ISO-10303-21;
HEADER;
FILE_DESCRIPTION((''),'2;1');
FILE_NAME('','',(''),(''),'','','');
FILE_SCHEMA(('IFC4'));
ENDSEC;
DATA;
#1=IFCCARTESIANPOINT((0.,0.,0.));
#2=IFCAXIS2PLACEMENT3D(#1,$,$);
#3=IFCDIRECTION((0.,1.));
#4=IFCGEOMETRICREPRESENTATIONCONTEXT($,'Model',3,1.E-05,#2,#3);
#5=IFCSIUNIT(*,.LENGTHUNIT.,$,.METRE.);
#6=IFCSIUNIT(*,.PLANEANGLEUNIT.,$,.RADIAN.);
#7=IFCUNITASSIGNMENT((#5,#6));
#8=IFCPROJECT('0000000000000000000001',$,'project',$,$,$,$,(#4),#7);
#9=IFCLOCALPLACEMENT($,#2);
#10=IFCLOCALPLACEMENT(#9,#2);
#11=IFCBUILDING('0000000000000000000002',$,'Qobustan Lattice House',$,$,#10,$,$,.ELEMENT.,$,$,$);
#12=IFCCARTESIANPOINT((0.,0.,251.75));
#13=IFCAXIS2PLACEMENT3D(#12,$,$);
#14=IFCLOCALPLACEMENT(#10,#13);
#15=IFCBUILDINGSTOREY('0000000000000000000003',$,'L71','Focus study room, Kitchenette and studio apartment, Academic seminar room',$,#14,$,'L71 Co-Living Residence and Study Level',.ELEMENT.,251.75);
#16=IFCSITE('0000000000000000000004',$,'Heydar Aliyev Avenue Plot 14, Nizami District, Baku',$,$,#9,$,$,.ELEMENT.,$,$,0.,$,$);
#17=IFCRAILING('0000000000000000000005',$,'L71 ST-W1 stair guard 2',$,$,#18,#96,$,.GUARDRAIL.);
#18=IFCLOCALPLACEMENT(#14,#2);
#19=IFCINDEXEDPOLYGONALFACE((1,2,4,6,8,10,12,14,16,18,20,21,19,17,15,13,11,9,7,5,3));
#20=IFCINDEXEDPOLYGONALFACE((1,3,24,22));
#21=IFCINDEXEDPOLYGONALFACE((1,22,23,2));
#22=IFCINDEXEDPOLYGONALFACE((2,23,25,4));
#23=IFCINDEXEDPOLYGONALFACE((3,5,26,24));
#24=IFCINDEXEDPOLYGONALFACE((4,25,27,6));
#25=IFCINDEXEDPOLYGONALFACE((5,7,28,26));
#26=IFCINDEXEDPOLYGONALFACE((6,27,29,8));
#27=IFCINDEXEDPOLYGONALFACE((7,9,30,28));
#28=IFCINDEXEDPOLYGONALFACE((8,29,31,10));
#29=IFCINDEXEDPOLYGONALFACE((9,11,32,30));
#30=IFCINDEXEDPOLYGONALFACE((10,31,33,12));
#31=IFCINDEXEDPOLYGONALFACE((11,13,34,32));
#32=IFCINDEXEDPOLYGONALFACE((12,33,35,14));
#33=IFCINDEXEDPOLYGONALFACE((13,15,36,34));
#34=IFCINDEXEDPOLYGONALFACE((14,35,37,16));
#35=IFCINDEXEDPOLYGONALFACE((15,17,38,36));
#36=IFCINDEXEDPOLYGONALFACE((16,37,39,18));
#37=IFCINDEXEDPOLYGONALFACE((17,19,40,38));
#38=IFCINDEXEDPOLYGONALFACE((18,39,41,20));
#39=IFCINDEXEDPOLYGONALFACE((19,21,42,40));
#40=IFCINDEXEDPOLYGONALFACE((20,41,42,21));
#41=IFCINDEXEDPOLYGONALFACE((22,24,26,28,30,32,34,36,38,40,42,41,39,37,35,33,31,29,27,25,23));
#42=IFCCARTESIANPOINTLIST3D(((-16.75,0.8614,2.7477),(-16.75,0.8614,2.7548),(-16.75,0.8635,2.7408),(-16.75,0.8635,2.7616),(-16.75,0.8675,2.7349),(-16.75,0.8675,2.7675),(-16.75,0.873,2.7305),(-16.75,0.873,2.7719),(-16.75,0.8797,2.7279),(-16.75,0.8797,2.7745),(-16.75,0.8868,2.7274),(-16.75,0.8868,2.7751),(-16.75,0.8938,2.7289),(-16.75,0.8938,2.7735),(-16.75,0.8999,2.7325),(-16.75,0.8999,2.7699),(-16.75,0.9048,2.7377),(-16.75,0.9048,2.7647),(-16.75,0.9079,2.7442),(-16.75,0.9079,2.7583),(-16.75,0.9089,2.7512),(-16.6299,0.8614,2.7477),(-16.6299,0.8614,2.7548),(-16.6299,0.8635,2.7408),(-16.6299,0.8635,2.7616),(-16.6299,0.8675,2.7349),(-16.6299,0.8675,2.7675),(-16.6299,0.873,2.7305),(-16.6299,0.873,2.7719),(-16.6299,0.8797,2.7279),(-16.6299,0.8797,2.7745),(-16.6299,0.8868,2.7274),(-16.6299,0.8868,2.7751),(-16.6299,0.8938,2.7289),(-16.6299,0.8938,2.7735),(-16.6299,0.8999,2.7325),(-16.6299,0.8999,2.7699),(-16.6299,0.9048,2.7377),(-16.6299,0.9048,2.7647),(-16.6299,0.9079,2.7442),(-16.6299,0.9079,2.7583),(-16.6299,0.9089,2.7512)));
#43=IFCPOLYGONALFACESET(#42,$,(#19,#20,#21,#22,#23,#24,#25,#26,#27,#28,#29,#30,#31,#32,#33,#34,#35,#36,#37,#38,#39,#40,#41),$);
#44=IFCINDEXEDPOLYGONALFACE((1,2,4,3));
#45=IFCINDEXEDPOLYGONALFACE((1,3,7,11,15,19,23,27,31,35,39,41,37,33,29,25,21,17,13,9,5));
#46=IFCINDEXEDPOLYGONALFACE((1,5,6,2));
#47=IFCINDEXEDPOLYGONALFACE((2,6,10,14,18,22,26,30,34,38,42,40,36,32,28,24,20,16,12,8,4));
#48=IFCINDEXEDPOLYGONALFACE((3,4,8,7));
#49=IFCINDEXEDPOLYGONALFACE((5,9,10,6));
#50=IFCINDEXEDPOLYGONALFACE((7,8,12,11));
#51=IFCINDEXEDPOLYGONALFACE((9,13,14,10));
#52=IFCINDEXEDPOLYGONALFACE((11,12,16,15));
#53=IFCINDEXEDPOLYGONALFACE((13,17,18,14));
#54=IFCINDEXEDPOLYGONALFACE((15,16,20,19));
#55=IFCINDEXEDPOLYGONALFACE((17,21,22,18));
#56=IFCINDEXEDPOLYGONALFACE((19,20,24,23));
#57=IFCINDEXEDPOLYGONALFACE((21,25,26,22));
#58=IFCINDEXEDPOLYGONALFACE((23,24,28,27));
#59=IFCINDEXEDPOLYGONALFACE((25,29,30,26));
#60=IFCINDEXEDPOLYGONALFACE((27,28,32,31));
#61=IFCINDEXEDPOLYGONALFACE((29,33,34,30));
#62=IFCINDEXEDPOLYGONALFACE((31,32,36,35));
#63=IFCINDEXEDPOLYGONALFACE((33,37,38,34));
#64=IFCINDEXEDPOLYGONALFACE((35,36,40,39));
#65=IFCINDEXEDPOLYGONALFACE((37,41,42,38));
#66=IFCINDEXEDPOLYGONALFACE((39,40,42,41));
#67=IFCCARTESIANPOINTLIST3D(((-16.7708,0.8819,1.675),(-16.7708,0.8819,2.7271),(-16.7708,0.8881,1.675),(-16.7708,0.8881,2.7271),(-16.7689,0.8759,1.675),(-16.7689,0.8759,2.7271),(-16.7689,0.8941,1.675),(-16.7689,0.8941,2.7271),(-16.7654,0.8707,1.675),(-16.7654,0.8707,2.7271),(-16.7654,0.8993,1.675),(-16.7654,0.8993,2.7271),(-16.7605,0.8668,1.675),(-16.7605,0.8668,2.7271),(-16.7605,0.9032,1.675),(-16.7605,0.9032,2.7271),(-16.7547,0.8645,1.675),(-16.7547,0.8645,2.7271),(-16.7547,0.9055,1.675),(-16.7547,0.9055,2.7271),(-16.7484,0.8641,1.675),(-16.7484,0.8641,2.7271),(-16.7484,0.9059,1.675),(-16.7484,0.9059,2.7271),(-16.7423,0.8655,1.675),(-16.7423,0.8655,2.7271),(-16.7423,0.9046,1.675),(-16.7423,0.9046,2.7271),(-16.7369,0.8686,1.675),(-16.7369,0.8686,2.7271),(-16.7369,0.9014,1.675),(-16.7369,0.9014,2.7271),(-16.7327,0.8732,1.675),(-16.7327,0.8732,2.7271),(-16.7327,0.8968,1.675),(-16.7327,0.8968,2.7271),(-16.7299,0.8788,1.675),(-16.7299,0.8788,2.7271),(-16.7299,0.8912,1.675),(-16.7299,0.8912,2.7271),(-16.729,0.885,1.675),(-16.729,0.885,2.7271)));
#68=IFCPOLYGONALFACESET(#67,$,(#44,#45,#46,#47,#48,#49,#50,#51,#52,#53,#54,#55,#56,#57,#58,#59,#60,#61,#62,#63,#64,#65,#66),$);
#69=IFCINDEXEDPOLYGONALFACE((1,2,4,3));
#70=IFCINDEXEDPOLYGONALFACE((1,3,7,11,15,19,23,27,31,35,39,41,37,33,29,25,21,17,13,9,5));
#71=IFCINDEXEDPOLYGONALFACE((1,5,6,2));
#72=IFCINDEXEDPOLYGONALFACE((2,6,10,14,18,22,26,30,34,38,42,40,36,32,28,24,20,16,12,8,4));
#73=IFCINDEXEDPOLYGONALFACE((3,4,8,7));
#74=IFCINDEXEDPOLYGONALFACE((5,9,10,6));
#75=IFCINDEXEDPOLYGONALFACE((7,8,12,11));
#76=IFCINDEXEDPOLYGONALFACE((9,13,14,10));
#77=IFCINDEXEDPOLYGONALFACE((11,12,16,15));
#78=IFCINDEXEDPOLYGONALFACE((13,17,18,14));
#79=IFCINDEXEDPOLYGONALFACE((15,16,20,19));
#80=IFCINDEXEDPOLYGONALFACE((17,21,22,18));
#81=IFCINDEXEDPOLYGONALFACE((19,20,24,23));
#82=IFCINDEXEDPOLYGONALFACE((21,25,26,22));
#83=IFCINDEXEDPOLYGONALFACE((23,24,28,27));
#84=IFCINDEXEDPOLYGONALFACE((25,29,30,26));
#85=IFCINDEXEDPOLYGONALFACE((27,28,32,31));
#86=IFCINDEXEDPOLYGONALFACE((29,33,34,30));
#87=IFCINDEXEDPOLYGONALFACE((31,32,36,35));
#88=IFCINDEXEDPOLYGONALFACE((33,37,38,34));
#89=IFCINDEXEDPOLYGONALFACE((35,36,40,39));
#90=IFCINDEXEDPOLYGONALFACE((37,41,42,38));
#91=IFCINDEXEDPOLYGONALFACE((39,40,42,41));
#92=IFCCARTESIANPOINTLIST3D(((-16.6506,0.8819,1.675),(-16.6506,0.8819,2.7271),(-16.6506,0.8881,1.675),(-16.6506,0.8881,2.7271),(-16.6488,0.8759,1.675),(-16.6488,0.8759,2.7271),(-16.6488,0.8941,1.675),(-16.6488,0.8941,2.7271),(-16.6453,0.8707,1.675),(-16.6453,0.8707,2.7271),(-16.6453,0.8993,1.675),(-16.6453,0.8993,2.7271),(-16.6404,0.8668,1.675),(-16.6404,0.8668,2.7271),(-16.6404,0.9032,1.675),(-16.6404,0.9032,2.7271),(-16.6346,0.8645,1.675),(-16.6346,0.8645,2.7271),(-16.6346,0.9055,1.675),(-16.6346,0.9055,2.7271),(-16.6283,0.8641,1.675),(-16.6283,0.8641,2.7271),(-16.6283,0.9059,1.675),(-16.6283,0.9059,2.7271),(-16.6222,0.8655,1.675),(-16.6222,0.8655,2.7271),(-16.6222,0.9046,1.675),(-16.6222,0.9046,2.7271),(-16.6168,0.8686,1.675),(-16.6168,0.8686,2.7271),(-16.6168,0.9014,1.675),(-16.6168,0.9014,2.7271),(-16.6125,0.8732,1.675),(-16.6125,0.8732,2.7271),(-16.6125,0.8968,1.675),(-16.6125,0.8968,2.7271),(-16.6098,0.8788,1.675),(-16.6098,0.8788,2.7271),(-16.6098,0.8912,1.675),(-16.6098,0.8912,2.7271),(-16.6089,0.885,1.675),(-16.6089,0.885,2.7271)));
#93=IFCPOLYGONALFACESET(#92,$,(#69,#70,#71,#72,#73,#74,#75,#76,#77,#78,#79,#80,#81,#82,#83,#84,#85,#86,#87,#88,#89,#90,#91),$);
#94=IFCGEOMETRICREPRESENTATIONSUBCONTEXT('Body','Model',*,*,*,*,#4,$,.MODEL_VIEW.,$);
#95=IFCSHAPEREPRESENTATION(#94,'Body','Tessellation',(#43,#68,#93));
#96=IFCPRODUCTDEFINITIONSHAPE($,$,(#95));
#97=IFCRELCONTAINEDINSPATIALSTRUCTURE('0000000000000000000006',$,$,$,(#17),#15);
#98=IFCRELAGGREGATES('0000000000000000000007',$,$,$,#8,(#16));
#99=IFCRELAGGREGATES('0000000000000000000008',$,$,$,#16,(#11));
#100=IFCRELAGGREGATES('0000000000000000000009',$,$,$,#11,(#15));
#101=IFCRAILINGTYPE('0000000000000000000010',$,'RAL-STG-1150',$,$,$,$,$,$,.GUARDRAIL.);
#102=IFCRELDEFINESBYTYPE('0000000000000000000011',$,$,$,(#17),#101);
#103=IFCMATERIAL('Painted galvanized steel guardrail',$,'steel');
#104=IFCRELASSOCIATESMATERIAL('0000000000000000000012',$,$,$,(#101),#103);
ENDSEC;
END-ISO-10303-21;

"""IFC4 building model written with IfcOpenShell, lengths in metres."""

from ifc_helpers import new_model, si_unit, direction, frame, origin, origin_2d, place, context, subcontext, project, spatial, circle, extrude, material, type_object, element, save


model = new_model("IFC4")

# Units and contexts
model_context = context("Model", 3, precision=1e-05, world=origin(), true_north=direction((0.0, 1.0)))
body_context = subcontext(model_context, "Body", "Model", "MODEL_VIEW")
ifc_project = project(units=[si_unit("LENGTHUNIT", "METRE"), si_unit("PLANEANGLEUNIT", "RADIAN")], contexts=[model_context])

# Site, building, storey
site_placement = place(None, origin())
site = spatial("IfcSite", under=ifc_project, at=site_placement, Name="Heydar Aliyev Avenue Plot 14, Nizami District, Baku", CompositionType="ELEMENT", RefElevation=0.0)
building_placement = place(site_placement, origin())
building = spatial("IfcBuilding", under=site, at=building_placement, Name="Qobustan Lattice House", CompositionType="ELEMENT")
storey_placement = place(building_placement, frame((0.0, 0.0, 251.75)))
storey = spatial("IfcBuildingStorey", under=building, at=storey_placement, Name="L71", Description="Focus study room, Kitchenette and studio apartment, Academic seminar room", LongName="L71 Co-Living Residence and Study Level", CompositionType="ELEMENT", Elevation=251.75)

# Railing
ifc_material_1 = material(Name="Painted galvanized steel guardrail", Category="steel")
railing_type = type_object("IfcRailingType", Name="RAL-STG-1150", PredefinedType="GUARDRAIL", material=ifc_material_1)
railing_1_placement = place(storey_placement, frame((-16.75, 0.885, 1.675)))
element("IfcRailing", 1, at=railing_1_placement, inside=storey, type_object=railing_type, Name="L71 ST-W1 stair guard 2", PredefinedType="GUARDRAIL", context=body_context, shape_type="SweptSolid", body=[
    extrude(circle(Radius=0.0239, at=origin_2d()), frame((0.0, 0.0, 1.0762), z_axis=(1.0, 0.0, 0.0), x_axis=(0.0, 1.0, 0.0)), (0.0, 0.0, 1.0), 0.1201),
    extrude(circle(Radius=0.021, at=origin_2d()), origin(), (0.0, 0.0, 1.0), 1.052),
    extrude(circle(Radius=0.021, at=origin_2d()), frame((0.1201, 0.0, 0.0)), (0.0, 0.0, 1.0), 1.052),
])

save(model, "model.ifc")
